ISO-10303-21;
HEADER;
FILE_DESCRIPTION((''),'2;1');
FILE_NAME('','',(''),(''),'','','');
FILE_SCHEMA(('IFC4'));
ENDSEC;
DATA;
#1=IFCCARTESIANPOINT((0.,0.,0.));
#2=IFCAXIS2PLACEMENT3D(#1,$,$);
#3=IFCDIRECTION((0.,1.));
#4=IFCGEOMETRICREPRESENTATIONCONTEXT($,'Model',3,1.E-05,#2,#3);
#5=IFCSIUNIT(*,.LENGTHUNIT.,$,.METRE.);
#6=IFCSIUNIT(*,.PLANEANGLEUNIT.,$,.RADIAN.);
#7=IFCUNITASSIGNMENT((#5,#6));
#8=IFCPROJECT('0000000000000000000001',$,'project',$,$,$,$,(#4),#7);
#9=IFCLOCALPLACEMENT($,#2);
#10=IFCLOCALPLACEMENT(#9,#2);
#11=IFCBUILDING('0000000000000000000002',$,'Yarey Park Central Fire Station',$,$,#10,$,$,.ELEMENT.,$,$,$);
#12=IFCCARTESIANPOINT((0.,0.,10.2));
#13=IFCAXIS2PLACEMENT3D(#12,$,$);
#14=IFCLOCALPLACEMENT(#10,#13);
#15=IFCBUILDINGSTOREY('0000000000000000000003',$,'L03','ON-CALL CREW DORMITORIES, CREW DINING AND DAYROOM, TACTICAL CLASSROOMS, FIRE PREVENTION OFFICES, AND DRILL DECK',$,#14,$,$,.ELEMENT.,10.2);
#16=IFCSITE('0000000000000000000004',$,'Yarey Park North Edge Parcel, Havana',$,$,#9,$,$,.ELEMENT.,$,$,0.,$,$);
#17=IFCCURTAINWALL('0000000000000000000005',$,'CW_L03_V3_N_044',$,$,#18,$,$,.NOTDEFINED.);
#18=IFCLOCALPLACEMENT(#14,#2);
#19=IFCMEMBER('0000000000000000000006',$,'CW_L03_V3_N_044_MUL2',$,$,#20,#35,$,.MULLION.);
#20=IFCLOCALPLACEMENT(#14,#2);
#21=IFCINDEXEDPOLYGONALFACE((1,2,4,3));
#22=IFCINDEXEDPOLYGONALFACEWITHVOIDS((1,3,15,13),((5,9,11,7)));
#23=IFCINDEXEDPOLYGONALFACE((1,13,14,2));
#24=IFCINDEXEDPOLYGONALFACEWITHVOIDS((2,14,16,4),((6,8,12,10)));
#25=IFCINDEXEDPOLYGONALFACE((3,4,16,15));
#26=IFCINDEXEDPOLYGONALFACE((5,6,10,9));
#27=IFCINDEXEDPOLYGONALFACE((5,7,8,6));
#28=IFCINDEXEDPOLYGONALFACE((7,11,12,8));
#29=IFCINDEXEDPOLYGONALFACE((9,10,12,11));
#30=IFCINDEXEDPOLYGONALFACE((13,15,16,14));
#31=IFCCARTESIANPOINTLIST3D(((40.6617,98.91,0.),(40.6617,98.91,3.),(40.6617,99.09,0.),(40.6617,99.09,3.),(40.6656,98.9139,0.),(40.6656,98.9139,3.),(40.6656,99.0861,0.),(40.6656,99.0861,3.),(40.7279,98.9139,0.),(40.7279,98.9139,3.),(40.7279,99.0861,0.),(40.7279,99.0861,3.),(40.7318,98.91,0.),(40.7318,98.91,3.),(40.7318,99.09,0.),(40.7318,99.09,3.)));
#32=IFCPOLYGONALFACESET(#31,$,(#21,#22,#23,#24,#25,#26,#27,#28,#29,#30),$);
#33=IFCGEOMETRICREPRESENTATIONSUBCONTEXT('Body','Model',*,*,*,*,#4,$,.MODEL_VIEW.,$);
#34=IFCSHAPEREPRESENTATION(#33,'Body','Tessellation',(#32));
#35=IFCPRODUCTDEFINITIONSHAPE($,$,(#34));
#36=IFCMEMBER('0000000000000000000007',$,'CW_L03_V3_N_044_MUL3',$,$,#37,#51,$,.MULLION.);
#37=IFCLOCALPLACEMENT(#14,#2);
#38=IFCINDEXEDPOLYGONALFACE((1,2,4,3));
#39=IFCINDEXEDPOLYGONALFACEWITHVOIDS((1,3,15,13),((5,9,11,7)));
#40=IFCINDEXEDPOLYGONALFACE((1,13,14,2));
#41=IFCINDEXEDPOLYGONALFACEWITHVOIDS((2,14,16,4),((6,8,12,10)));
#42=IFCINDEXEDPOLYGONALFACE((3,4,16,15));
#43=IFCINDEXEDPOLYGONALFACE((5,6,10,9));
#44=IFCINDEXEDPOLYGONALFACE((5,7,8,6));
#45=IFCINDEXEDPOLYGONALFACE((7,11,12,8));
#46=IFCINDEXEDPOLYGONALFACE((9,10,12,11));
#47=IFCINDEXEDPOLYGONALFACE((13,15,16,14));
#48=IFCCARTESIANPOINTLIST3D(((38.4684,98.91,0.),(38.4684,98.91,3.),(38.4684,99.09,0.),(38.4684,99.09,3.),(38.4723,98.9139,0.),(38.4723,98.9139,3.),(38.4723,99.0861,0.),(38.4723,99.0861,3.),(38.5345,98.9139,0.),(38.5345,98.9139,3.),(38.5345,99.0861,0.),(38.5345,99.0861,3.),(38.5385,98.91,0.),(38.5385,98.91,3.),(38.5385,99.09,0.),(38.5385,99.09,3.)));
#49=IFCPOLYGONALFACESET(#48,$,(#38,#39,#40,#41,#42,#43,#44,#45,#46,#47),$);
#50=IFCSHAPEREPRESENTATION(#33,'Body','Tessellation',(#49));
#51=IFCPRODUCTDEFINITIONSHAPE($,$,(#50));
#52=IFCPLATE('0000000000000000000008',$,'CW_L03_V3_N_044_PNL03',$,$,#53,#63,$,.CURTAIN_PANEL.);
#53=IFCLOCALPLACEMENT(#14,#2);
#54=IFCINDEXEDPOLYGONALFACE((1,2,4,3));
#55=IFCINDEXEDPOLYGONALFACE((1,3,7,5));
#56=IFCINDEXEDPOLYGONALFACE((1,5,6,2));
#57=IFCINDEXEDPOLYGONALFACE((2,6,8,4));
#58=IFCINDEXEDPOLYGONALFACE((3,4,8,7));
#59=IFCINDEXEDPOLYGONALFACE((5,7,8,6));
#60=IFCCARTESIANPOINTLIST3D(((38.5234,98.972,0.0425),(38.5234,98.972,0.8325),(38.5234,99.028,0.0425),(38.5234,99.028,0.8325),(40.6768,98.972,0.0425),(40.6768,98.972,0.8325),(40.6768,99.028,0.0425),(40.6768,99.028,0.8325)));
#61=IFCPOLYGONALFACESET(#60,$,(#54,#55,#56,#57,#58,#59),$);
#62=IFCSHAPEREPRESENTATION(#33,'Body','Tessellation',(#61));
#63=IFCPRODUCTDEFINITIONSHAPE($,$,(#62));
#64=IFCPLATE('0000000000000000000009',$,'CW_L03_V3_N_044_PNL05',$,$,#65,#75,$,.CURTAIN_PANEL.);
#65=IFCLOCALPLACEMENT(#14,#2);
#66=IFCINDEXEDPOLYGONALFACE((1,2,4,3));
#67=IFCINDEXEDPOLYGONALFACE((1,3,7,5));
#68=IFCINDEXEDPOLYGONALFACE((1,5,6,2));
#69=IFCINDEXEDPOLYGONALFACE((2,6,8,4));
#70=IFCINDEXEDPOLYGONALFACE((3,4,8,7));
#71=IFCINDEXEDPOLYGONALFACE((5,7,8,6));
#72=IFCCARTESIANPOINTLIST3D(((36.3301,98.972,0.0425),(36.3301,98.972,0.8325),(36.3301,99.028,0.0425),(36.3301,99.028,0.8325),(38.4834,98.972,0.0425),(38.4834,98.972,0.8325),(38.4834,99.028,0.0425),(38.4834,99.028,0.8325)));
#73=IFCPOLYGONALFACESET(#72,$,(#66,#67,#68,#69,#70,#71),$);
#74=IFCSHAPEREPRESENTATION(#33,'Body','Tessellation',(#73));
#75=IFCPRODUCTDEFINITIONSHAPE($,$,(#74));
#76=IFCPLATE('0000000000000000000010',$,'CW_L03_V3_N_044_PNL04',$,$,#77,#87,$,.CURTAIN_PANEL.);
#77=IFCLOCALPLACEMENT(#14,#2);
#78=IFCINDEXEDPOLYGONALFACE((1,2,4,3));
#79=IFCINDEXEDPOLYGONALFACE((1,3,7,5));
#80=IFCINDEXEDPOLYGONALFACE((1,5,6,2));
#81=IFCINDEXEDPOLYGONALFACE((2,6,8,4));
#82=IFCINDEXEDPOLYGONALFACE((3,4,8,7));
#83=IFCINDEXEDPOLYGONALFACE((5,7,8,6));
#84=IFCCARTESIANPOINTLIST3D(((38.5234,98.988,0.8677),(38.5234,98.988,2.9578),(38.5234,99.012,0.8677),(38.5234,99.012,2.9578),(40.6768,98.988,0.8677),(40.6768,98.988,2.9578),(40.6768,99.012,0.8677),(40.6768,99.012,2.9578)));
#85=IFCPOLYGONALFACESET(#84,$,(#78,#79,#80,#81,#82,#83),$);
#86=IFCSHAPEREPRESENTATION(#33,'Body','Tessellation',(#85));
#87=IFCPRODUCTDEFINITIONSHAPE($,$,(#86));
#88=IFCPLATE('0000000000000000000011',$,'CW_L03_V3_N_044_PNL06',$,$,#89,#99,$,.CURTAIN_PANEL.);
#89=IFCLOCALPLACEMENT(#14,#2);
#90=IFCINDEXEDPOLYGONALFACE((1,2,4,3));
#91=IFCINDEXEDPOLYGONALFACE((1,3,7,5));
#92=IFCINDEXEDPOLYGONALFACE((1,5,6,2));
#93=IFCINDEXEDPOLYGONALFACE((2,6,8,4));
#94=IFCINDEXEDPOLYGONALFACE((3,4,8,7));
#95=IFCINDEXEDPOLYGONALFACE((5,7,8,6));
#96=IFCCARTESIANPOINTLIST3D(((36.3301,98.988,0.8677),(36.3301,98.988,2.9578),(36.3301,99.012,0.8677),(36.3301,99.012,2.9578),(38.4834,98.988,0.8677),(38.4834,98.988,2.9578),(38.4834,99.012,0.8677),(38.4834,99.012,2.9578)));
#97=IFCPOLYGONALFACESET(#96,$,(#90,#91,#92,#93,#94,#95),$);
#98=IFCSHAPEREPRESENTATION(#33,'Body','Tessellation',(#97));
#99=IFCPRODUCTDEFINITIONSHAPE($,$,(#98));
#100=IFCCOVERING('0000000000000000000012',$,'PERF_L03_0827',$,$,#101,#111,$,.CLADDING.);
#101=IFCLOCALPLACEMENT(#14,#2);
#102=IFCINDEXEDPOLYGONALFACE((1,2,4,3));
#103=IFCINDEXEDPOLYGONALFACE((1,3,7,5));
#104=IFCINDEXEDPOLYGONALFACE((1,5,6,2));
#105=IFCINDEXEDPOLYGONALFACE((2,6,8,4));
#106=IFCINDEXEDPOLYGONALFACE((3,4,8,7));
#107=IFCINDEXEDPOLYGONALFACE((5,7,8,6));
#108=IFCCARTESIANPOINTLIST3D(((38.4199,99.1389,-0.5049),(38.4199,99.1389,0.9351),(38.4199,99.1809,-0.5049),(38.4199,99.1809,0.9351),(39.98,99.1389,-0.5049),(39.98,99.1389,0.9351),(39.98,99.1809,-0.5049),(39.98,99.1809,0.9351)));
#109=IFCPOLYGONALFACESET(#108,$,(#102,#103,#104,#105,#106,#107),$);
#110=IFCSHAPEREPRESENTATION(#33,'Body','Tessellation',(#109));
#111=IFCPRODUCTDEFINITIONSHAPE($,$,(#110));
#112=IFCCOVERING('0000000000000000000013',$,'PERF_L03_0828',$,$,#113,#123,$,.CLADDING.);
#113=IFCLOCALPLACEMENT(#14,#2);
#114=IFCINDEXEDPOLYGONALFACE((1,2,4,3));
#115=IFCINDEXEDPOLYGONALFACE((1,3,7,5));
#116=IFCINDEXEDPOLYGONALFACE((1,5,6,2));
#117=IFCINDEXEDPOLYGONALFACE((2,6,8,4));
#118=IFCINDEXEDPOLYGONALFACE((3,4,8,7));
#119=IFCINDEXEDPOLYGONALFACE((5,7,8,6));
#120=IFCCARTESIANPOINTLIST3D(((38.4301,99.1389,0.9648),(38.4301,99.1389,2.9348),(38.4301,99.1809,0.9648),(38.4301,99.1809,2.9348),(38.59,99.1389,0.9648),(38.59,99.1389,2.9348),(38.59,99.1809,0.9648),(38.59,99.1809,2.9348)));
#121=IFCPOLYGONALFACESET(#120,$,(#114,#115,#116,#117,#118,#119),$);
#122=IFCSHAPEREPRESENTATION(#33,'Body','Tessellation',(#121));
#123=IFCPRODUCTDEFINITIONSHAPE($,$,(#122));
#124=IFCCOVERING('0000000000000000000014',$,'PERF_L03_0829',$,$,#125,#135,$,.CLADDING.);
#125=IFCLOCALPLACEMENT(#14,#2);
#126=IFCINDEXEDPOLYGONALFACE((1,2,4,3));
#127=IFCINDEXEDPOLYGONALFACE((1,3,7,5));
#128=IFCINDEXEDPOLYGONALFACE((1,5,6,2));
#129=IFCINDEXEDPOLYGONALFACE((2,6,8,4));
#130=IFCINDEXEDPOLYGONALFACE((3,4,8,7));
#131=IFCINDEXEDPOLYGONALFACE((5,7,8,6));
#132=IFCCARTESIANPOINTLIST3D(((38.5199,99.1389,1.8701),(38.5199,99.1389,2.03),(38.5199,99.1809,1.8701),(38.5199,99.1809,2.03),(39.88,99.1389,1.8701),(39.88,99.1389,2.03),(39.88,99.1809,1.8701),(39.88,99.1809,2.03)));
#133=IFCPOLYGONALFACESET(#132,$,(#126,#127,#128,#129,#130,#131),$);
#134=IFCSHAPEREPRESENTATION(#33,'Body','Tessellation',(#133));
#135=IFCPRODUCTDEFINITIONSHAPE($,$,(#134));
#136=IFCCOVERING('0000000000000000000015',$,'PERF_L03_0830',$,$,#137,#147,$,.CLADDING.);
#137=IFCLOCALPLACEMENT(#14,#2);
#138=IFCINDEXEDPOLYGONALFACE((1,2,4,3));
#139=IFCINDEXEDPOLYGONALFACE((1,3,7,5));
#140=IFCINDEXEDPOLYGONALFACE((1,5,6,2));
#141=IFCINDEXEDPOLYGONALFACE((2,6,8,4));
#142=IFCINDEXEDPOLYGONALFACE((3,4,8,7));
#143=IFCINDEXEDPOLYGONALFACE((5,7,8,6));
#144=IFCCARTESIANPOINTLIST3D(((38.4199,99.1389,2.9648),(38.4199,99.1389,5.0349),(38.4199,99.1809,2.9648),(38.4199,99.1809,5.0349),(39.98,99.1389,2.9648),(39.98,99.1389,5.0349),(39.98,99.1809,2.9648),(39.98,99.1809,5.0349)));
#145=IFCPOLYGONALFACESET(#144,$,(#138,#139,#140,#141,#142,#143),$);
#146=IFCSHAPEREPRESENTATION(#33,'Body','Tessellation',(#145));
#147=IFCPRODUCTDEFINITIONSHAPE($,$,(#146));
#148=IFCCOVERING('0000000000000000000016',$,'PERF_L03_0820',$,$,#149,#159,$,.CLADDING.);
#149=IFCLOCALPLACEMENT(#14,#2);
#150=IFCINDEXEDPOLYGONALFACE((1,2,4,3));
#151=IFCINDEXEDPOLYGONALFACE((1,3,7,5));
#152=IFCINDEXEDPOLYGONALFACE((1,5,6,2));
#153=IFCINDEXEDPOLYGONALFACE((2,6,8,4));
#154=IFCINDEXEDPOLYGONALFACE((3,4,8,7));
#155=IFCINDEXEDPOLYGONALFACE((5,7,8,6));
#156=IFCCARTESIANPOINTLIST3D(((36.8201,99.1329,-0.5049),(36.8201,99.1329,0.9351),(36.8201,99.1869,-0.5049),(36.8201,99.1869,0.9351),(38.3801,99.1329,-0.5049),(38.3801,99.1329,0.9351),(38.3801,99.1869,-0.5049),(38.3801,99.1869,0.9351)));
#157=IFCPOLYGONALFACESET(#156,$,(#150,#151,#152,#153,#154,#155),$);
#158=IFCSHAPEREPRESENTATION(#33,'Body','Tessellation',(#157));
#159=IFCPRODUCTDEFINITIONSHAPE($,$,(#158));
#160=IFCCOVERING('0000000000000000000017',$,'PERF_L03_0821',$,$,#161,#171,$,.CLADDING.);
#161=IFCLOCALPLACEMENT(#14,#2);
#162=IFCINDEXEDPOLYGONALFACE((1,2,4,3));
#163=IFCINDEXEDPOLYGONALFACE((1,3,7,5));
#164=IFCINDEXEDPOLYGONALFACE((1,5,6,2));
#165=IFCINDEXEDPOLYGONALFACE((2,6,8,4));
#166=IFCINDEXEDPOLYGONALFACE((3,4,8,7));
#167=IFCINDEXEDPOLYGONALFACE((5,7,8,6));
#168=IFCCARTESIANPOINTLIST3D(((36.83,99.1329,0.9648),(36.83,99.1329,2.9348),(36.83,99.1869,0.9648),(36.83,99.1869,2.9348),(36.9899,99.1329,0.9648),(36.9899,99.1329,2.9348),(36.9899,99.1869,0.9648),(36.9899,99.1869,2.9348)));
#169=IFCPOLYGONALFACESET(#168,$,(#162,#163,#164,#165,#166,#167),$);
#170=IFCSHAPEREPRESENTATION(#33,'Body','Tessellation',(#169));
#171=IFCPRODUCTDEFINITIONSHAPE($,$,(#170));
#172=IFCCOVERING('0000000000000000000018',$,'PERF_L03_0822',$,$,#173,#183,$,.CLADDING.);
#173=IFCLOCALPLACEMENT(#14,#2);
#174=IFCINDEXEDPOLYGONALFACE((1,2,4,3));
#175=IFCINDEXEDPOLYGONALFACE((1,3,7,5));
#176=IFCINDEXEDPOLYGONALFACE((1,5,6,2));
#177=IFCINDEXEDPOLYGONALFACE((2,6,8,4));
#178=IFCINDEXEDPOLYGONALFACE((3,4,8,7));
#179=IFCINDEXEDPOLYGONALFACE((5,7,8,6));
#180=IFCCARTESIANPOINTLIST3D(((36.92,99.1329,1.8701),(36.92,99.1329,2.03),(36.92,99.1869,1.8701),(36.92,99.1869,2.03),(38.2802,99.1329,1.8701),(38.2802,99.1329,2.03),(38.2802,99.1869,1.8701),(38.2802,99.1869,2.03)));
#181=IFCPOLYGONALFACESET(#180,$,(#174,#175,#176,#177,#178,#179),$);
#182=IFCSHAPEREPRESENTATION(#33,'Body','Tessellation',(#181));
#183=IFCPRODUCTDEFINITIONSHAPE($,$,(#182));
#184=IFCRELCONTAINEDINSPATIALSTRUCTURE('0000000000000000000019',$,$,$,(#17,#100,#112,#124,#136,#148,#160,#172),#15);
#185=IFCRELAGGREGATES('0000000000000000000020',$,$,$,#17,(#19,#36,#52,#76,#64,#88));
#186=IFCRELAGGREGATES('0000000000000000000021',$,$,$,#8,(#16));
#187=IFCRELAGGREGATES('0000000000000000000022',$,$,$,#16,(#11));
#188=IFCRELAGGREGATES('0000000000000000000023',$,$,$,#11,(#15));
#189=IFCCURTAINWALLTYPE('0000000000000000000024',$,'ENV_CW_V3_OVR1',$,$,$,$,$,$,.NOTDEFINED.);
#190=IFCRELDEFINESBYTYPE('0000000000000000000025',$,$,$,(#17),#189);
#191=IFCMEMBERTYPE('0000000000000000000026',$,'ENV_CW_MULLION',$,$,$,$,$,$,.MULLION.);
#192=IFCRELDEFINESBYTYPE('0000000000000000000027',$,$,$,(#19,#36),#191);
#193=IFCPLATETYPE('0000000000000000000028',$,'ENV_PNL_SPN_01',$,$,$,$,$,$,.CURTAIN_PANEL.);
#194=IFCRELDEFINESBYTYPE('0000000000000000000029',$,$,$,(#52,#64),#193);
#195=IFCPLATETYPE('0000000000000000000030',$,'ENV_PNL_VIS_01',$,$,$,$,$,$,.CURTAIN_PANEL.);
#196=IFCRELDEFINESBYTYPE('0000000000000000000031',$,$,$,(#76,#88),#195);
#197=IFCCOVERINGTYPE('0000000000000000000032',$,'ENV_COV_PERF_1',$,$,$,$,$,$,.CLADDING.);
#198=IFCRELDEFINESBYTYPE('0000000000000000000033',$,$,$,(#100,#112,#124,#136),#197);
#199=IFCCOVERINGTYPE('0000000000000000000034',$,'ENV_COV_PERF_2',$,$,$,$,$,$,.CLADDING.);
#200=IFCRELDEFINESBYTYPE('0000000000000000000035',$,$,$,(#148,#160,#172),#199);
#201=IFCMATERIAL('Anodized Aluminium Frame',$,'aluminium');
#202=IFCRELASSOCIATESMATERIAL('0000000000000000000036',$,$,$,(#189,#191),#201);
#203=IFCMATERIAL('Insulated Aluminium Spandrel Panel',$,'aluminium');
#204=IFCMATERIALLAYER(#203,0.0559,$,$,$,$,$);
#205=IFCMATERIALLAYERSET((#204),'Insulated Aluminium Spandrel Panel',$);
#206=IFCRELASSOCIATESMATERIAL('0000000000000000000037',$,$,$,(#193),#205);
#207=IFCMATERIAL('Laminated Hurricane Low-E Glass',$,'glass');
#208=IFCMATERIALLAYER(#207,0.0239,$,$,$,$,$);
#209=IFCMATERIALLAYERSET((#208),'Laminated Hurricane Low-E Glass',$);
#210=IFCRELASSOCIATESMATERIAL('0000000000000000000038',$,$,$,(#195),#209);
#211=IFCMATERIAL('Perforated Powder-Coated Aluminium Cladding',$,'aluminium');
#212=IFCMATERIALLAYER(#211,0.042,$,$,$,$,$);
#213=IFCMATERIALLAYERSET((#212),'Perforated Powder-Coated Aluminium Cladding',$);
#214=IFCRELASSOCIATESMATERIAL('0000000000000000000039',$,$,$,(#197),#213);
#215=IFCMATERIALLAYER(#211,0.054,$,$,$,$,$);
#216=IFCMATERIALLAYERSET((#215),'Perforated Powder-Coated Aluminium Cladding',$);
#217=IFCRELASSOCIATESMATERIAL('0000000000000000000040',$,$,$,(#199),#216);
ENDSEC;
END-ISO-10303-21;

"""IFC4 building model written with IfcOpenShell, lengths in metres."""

from ifc_helpers import new_model, si_unit, direction, frame, origin, origin_2d, place, context, subcontext, project, spatial, rectangle, hollow_rectangle, extrude, material, layer, layer_set, material_profile, profile_set, type_object, element, aggregate, save


model = new_model("IFC4")

# Units and contexts
model_context = context("Model", 3, precision=1e-05, world=origin(), true_north=direction((0.0, 1.0)))
body_context = subcontext(model_context, "Body", "Model", "MODEL_VIEW")
ifc_project = project(units=[si_unit("LENGTHUNIT", "METRE"), si_unit("PLANEANGLEUNIT", "RADIAN")], contexts=[model_context])

# Site, building, storey
site_placement = place(None, origin())
site = spatial("IfcSite", under=ifc_project, at=site_placement, Name="Yarey Park North Edge Parcel, Havana", CompositionType="ELEMENT", RefElevation=0.0)
building_placement = place(site_placement, origin())
building = spatial("IfcBuilding", under=site, at=building_placement, Name="Yarey Park Central Fire Station", CompositionType="ELEMENT")
storey_placement = place(building_placement, frame((0.0, 0.0, 10.2)))
storey = spatial("IfcBuildingStorey", under=building, at=storey_placement, Name="L03", Description="ON-CALL CREW DORMITORIES, CREW DINING AND DAYROOM, TACTICAL CLASSROOMS, FIRE PREVENTION OFFICES, AND DRILL DECK", CompositionType="ELEMENT", Elevation=10.2)

# Curtain wall, members, plates
ifc_material_1 = material(Name="Anodized Aluminium Frame", Category="aluminium")
curtain_wall_type = type_object("IfcCurtainWallType", Name="ENV_CW_V3_OVR1", PredefinedType="NOTDEFINED", material=ifc_material_1)
curtain_wall_placement = place(storey_placement, origin())
curtain_wall = element("IfcCurtainWall", 1, at=curtain_wall_placement, inside=storey, type_object=curtain_wall_type, Name="CW_L03_V3_N_044", PredefinedType="NOTDEFINED")
ifc_material_profile = material_profile(ifc_material_1, hollow_rectangle(XDim=0.0701, YDim=0.1799, WallThickness=0.0039, at=origin_2d()), Name="ALU 180x70x4")
ifc_profile_set = profile_set([ifc_material_profile], Name="Anodized Aluminium Frame")
member_type = type_object("IfcMemberType", Name="ENV_CW_MULLION", PredefinedType="MULLION", material=ifc_profile_set)
member_1_placement = place(storey_placement, frame((40.6968, 99.0, 0.0), z_axis=(0.0, 0.0, 1.0), x_axis=(1.0, 0.0, 0.0)))
member_1 = element("IfcMember", 2, at=member_1_placement, type_object=member_type, Name="CW_L03_V3_N_044_MUL2", PredefinedType="MULLION", context=body_context, shape_type="SweptSolid", body=[
    extrude(hollow_rectangle(XDim=0.0701, YDim=0.1799, WallThickness=0.0039, at=origin_2d()), origin(), (0.0, 0.0, 1.0), 3.0),
])
member_2_placement = place(storey_placement, frame((38.5034, 99.0, 0.0), z_axis=(0.0, 0.0, 1.0), x_axis=(1.0, 0.0, 0.0)))
member_2 = element("IfcMember", 3, at=member_2_placement, type_object=member_type, Name="CW_L03_V3_N_044_MUL3", PredefinedType="MULLION", context=body_context, shape_type="SweptSolid", body=[
    extrude(hollow_rectangle(XDim=0.0701, YDim=0.1799, WallThickness=0.0039, at=origin_2d()), origin(), (0.0, 0.0, 1.0), 3.0),
])
ifc_material_2 = material(Name="Insulated Aluminium Spandrel Panel", Category="aluminium")
ifc_layer_1 = layer(ifc_material_2, 0.0559)
ifc_layer_set_1 = layer_set([ifc_layer_1], Name="Insulated Aluminium Spandrel Panel")
plate_type_1 = type_object("IfcPlateType", Name="ENV_PNL_SPN_01", PredefinedType="CURTAIN_PANEL", material=ifc_layer_set_1)
plate_1_placement = place(storey_placement, frame((39.6001, 99.0, 0.0425), z_axis=(0.0, 0.0, 1.0), x_axis=(-1.0, 0.0, 0.0)))
plate_1 = element("IfcPlate", 4, at=plate_1_placement, type_object=plate_type_1, Name="CW_L03_V3_N_044_PNL03", PredefinedType="CURTAIN_PANEL", context=body_context, shape_type="SweptSolid", body=[
    extrude(rectangle(XDim=2.1533, YDim=0.0559, at=origin_2d()), origin(), (0.0, 0.0, 1.0), 0.79),
])
plate_2_placement = place(storey_placement, frame((37.4067, 99.0, 0.0425), z_axis=(0.0, 0.0, 1.0), x_axis=(-1.0, 0.0, 0.0)))
plate_2 = element("IfcPlate", 5, at=plate_2_placement, type_object=plate_type_1, Name="CW_L03_V3_N_044_PNL05", PredefinedType="CURTAIN_PANEL", context=body_context, shape_type="SweptSolid", body=[
    extrude(rectangle(XDim=2.1533, YDim=0.0559, at=origin_2d()), origin(), (0.0, 0.0, 1.0), 0.79),
])
ifc_material_3 = material(Name="Laminated Hurricane Low-E Glass", Category="glass")
ifc_layer_2 = layer(ifc_material_3, 0.0239)
ifc_layer_set_2 = layer_set([ifc_layer_2], Name="Laminated Hurricane Low-E Glass")
plate_type_2 = type_object("IfcPlateType", Name="ENV_PNL_VIS_01", PredefinedType="CURTAIN_PANEL", material=ifc_layer_set_2)
plate_3_placement = place(storey_placement, frame((39.6001, 99.0, 0.8677), z_axis=(0.0, 0.0, 1.0), x_axis=(-1.0, 0.0, 0.0)))
plate_3 = element("IfcPlate", 6, at=plate_3_placement, type_object=plate_type_2, Name="CW_L03_V3_N_044_PNL04", PredefinedType="CURTAIN_PANEL", context=body_context, shape_type="SweptSolid", body=[
    extrude(rectangle(XDim=2.1533, YDim=0.0239, at=origin_2d()), origin(), (0.0, 0.0, 1.0), 2.0901),
])
plate_4_placement = place(storey_placement, frame((37.4067, 99.0, 0.8677), z_axis=(0.0, 0.0, 1.0), x_axis=(-1.0, 0.0, 0.0)))
plate_4 = element("IfcPlate", 7, at=plate_4_placement, type_object=plate_type_2, Name="CW_L03_V3_N_044_PNL06", PredefinedType="CURTAIN_PANEL", context=body_context, shape_type="SweptSolid", body=[
    extrude(rectangle(XDim=2.1533, YDim=0.0239, at=origin_2d()), origin(), (0.0, 0.0, 1.0), 2.0901),
])
aggregate(curtain_wall, [member_1, member_2, plate_1, plate_3, plate_2, plate_4])

# Coverings
ifc_material_4 = material(Name="Perforated Powder-Coated Aluminium Cladding", Category="aluminium")
ifc_layer_3 = layer(ifc_material_4, 0.042)
ifc_layer_set_3 = layer_set([ifc_layer_3], Name="Perforated Powder-Coated Aluminium Cladding")
covering_type_1 = type_object("IfcCoveringType", Name="ENV_COV_PERF_1", PredefinedType="CLADDING", material=ifc_layer_set_3)
covering_1_placement = place(storey_placement, frame((39.2, 99.1599, -0.5049), z_axis=(0.0, 0.0, 1.0), x_axis=(1.0, 0.0, 0.0)))
element("IfcCovering", 8, at=covering_1_placement, inside=storey, type_object=covering_type_1, Name="PERF_L03_0827", PredefinedType="CLADDING", context=body_context, shape_type="SweptSolid", body=[
    extrude(rectangle(XDim=1.5601, YDim=0.042, at=origin_2d()), origin(), (0.0, 0.0, 1.0), 1.4399),
])
covering_2_placement = place(storey_placement, frame((38.51, 99.1599, 0.9648), z_axis=(0.0, 0.0, 1.0), x_axis=(1.0, 0.0, 0.0)))
element("IfcCovering", 9, at=covering_2_placement, inside=storey, type_object=covering_type_1, Name="PERF_L03_0828", PredefinedType="CLADDING", context=body_context, shape_type="SweptSolid", body=[
    extrude(rectangle(XDim=0.1599, YDim=0.042, at=origin_2d()), origin(), (0.0, 0.0, 1.0), 1.97),
])
covering_3_placement = place(storey_placement, frame((39.2, 99.1599, 1.8701), z_axis=(0.0, 0.0, 1.0), x_axis=(1.0, 0.0, 0.0)))
element("IfcCovering", 10, at=covering_3_placement, inside=storey, type_object=covering_type_1, Name="PERF_L03_0829", PredefinedType="CLADDING", context=body_context, shape_type="SweptSolid", body=[
    extrude(rectangle(XDim=1.3601, YDim=0.042, at=origin_2d()), origin(), (0.0, 0.0, 1.0), 0.1599),
])
covering_4_placement = place(storey_placement, frame((39.2, 99.1599, 2.9648), z_axis=(0.0, 0.0, 1.0), x_axis=(1.0, 0.0, 0.0)))
element("IfcCovering", 11, at=covering_4_placement, inside=storey, type_object=covering_type_1, Name="PERF_L03_0830", PredefinedType="CLADDING", context=body_context, shape_type="SweptSolid", body=[
    extrude(rectangle(XDim=1.5601, YDim=0.042, at=origin_2d()), origin(), (0.0, 0.0, 1.0), 2.0701),
])
ifc_layer_4 = layer(ifc_material_4, 0.054)
ifc_layer_set_4 = layer_set([ifc_layer_4], Name="Perforated Powder-Coated Aluminium Cladding")
covering_type_2 = type_object("IfcCoveringType", Name="ENV_COV_PERF_2", PredefinedType="CLADDING", material=ifc_layer_set_4)
covering_5_placement = place(storey_placement, frame((37.6001, 99.1599, -0.5049), z_axis=(0.0, 0.0, 1.0), x_axis=(1.0, 0.0, 0.0)))
element("IfcCovering", 12, at=covering_5_placement, inside=storey, type_object=covering_type_2, Name="PERF_L03_0820", PredefinedType="CLADDING", context=body_context, shape_type="SweptSolid", body=[
    extrude(rectangle(XDim=1.5601, YDim=0.054, at=origin_2d()), origin(), (0.0, 0.0, 1.0), 1.4399),
])
covering_6_placement = place(storey_placement, frame((36.9099, 99.1599, 0.9648), z_axis=(0.0, 0.0, 1.0), x_axis=(1.0, 0.0, 0.0)))
element("IfcCovering", 13, at=covering_6_placement, inside=storey, type_object=covering_type_2, Name="PERF_L03_0821", PredefinedType="CLADDING", context=body_context, shape_type="SweptSolid", body=[
    extrude(rectangle(XDim=0.1599, YDim=0.054, at=origin_2d()), origin(), (0.0, 0.0, 1.0), 1.97),
])
covering_7_placement = place(storey_placement, frame((37.6001, 99.1599, 1.8701), z_axis=(0.0, 0.0, 1.0), x_axis=(1.0, 0.0, 0.0)))
element("IfcCovering", 14, at=covering_7_placement, inside=storey, type_object=covering_type_2, Name="PERF_L03_0822", PredefinedType="CLADDING", context=body_context, shape_type="SweptSolid", body=[
    extrude(rectangle(XDim=1.3601, YDim=0.054, at=origin_2d()), origin(), (0.0, 0.0, 1.0), 0.1599),
])

save(model, "model.ifc")
